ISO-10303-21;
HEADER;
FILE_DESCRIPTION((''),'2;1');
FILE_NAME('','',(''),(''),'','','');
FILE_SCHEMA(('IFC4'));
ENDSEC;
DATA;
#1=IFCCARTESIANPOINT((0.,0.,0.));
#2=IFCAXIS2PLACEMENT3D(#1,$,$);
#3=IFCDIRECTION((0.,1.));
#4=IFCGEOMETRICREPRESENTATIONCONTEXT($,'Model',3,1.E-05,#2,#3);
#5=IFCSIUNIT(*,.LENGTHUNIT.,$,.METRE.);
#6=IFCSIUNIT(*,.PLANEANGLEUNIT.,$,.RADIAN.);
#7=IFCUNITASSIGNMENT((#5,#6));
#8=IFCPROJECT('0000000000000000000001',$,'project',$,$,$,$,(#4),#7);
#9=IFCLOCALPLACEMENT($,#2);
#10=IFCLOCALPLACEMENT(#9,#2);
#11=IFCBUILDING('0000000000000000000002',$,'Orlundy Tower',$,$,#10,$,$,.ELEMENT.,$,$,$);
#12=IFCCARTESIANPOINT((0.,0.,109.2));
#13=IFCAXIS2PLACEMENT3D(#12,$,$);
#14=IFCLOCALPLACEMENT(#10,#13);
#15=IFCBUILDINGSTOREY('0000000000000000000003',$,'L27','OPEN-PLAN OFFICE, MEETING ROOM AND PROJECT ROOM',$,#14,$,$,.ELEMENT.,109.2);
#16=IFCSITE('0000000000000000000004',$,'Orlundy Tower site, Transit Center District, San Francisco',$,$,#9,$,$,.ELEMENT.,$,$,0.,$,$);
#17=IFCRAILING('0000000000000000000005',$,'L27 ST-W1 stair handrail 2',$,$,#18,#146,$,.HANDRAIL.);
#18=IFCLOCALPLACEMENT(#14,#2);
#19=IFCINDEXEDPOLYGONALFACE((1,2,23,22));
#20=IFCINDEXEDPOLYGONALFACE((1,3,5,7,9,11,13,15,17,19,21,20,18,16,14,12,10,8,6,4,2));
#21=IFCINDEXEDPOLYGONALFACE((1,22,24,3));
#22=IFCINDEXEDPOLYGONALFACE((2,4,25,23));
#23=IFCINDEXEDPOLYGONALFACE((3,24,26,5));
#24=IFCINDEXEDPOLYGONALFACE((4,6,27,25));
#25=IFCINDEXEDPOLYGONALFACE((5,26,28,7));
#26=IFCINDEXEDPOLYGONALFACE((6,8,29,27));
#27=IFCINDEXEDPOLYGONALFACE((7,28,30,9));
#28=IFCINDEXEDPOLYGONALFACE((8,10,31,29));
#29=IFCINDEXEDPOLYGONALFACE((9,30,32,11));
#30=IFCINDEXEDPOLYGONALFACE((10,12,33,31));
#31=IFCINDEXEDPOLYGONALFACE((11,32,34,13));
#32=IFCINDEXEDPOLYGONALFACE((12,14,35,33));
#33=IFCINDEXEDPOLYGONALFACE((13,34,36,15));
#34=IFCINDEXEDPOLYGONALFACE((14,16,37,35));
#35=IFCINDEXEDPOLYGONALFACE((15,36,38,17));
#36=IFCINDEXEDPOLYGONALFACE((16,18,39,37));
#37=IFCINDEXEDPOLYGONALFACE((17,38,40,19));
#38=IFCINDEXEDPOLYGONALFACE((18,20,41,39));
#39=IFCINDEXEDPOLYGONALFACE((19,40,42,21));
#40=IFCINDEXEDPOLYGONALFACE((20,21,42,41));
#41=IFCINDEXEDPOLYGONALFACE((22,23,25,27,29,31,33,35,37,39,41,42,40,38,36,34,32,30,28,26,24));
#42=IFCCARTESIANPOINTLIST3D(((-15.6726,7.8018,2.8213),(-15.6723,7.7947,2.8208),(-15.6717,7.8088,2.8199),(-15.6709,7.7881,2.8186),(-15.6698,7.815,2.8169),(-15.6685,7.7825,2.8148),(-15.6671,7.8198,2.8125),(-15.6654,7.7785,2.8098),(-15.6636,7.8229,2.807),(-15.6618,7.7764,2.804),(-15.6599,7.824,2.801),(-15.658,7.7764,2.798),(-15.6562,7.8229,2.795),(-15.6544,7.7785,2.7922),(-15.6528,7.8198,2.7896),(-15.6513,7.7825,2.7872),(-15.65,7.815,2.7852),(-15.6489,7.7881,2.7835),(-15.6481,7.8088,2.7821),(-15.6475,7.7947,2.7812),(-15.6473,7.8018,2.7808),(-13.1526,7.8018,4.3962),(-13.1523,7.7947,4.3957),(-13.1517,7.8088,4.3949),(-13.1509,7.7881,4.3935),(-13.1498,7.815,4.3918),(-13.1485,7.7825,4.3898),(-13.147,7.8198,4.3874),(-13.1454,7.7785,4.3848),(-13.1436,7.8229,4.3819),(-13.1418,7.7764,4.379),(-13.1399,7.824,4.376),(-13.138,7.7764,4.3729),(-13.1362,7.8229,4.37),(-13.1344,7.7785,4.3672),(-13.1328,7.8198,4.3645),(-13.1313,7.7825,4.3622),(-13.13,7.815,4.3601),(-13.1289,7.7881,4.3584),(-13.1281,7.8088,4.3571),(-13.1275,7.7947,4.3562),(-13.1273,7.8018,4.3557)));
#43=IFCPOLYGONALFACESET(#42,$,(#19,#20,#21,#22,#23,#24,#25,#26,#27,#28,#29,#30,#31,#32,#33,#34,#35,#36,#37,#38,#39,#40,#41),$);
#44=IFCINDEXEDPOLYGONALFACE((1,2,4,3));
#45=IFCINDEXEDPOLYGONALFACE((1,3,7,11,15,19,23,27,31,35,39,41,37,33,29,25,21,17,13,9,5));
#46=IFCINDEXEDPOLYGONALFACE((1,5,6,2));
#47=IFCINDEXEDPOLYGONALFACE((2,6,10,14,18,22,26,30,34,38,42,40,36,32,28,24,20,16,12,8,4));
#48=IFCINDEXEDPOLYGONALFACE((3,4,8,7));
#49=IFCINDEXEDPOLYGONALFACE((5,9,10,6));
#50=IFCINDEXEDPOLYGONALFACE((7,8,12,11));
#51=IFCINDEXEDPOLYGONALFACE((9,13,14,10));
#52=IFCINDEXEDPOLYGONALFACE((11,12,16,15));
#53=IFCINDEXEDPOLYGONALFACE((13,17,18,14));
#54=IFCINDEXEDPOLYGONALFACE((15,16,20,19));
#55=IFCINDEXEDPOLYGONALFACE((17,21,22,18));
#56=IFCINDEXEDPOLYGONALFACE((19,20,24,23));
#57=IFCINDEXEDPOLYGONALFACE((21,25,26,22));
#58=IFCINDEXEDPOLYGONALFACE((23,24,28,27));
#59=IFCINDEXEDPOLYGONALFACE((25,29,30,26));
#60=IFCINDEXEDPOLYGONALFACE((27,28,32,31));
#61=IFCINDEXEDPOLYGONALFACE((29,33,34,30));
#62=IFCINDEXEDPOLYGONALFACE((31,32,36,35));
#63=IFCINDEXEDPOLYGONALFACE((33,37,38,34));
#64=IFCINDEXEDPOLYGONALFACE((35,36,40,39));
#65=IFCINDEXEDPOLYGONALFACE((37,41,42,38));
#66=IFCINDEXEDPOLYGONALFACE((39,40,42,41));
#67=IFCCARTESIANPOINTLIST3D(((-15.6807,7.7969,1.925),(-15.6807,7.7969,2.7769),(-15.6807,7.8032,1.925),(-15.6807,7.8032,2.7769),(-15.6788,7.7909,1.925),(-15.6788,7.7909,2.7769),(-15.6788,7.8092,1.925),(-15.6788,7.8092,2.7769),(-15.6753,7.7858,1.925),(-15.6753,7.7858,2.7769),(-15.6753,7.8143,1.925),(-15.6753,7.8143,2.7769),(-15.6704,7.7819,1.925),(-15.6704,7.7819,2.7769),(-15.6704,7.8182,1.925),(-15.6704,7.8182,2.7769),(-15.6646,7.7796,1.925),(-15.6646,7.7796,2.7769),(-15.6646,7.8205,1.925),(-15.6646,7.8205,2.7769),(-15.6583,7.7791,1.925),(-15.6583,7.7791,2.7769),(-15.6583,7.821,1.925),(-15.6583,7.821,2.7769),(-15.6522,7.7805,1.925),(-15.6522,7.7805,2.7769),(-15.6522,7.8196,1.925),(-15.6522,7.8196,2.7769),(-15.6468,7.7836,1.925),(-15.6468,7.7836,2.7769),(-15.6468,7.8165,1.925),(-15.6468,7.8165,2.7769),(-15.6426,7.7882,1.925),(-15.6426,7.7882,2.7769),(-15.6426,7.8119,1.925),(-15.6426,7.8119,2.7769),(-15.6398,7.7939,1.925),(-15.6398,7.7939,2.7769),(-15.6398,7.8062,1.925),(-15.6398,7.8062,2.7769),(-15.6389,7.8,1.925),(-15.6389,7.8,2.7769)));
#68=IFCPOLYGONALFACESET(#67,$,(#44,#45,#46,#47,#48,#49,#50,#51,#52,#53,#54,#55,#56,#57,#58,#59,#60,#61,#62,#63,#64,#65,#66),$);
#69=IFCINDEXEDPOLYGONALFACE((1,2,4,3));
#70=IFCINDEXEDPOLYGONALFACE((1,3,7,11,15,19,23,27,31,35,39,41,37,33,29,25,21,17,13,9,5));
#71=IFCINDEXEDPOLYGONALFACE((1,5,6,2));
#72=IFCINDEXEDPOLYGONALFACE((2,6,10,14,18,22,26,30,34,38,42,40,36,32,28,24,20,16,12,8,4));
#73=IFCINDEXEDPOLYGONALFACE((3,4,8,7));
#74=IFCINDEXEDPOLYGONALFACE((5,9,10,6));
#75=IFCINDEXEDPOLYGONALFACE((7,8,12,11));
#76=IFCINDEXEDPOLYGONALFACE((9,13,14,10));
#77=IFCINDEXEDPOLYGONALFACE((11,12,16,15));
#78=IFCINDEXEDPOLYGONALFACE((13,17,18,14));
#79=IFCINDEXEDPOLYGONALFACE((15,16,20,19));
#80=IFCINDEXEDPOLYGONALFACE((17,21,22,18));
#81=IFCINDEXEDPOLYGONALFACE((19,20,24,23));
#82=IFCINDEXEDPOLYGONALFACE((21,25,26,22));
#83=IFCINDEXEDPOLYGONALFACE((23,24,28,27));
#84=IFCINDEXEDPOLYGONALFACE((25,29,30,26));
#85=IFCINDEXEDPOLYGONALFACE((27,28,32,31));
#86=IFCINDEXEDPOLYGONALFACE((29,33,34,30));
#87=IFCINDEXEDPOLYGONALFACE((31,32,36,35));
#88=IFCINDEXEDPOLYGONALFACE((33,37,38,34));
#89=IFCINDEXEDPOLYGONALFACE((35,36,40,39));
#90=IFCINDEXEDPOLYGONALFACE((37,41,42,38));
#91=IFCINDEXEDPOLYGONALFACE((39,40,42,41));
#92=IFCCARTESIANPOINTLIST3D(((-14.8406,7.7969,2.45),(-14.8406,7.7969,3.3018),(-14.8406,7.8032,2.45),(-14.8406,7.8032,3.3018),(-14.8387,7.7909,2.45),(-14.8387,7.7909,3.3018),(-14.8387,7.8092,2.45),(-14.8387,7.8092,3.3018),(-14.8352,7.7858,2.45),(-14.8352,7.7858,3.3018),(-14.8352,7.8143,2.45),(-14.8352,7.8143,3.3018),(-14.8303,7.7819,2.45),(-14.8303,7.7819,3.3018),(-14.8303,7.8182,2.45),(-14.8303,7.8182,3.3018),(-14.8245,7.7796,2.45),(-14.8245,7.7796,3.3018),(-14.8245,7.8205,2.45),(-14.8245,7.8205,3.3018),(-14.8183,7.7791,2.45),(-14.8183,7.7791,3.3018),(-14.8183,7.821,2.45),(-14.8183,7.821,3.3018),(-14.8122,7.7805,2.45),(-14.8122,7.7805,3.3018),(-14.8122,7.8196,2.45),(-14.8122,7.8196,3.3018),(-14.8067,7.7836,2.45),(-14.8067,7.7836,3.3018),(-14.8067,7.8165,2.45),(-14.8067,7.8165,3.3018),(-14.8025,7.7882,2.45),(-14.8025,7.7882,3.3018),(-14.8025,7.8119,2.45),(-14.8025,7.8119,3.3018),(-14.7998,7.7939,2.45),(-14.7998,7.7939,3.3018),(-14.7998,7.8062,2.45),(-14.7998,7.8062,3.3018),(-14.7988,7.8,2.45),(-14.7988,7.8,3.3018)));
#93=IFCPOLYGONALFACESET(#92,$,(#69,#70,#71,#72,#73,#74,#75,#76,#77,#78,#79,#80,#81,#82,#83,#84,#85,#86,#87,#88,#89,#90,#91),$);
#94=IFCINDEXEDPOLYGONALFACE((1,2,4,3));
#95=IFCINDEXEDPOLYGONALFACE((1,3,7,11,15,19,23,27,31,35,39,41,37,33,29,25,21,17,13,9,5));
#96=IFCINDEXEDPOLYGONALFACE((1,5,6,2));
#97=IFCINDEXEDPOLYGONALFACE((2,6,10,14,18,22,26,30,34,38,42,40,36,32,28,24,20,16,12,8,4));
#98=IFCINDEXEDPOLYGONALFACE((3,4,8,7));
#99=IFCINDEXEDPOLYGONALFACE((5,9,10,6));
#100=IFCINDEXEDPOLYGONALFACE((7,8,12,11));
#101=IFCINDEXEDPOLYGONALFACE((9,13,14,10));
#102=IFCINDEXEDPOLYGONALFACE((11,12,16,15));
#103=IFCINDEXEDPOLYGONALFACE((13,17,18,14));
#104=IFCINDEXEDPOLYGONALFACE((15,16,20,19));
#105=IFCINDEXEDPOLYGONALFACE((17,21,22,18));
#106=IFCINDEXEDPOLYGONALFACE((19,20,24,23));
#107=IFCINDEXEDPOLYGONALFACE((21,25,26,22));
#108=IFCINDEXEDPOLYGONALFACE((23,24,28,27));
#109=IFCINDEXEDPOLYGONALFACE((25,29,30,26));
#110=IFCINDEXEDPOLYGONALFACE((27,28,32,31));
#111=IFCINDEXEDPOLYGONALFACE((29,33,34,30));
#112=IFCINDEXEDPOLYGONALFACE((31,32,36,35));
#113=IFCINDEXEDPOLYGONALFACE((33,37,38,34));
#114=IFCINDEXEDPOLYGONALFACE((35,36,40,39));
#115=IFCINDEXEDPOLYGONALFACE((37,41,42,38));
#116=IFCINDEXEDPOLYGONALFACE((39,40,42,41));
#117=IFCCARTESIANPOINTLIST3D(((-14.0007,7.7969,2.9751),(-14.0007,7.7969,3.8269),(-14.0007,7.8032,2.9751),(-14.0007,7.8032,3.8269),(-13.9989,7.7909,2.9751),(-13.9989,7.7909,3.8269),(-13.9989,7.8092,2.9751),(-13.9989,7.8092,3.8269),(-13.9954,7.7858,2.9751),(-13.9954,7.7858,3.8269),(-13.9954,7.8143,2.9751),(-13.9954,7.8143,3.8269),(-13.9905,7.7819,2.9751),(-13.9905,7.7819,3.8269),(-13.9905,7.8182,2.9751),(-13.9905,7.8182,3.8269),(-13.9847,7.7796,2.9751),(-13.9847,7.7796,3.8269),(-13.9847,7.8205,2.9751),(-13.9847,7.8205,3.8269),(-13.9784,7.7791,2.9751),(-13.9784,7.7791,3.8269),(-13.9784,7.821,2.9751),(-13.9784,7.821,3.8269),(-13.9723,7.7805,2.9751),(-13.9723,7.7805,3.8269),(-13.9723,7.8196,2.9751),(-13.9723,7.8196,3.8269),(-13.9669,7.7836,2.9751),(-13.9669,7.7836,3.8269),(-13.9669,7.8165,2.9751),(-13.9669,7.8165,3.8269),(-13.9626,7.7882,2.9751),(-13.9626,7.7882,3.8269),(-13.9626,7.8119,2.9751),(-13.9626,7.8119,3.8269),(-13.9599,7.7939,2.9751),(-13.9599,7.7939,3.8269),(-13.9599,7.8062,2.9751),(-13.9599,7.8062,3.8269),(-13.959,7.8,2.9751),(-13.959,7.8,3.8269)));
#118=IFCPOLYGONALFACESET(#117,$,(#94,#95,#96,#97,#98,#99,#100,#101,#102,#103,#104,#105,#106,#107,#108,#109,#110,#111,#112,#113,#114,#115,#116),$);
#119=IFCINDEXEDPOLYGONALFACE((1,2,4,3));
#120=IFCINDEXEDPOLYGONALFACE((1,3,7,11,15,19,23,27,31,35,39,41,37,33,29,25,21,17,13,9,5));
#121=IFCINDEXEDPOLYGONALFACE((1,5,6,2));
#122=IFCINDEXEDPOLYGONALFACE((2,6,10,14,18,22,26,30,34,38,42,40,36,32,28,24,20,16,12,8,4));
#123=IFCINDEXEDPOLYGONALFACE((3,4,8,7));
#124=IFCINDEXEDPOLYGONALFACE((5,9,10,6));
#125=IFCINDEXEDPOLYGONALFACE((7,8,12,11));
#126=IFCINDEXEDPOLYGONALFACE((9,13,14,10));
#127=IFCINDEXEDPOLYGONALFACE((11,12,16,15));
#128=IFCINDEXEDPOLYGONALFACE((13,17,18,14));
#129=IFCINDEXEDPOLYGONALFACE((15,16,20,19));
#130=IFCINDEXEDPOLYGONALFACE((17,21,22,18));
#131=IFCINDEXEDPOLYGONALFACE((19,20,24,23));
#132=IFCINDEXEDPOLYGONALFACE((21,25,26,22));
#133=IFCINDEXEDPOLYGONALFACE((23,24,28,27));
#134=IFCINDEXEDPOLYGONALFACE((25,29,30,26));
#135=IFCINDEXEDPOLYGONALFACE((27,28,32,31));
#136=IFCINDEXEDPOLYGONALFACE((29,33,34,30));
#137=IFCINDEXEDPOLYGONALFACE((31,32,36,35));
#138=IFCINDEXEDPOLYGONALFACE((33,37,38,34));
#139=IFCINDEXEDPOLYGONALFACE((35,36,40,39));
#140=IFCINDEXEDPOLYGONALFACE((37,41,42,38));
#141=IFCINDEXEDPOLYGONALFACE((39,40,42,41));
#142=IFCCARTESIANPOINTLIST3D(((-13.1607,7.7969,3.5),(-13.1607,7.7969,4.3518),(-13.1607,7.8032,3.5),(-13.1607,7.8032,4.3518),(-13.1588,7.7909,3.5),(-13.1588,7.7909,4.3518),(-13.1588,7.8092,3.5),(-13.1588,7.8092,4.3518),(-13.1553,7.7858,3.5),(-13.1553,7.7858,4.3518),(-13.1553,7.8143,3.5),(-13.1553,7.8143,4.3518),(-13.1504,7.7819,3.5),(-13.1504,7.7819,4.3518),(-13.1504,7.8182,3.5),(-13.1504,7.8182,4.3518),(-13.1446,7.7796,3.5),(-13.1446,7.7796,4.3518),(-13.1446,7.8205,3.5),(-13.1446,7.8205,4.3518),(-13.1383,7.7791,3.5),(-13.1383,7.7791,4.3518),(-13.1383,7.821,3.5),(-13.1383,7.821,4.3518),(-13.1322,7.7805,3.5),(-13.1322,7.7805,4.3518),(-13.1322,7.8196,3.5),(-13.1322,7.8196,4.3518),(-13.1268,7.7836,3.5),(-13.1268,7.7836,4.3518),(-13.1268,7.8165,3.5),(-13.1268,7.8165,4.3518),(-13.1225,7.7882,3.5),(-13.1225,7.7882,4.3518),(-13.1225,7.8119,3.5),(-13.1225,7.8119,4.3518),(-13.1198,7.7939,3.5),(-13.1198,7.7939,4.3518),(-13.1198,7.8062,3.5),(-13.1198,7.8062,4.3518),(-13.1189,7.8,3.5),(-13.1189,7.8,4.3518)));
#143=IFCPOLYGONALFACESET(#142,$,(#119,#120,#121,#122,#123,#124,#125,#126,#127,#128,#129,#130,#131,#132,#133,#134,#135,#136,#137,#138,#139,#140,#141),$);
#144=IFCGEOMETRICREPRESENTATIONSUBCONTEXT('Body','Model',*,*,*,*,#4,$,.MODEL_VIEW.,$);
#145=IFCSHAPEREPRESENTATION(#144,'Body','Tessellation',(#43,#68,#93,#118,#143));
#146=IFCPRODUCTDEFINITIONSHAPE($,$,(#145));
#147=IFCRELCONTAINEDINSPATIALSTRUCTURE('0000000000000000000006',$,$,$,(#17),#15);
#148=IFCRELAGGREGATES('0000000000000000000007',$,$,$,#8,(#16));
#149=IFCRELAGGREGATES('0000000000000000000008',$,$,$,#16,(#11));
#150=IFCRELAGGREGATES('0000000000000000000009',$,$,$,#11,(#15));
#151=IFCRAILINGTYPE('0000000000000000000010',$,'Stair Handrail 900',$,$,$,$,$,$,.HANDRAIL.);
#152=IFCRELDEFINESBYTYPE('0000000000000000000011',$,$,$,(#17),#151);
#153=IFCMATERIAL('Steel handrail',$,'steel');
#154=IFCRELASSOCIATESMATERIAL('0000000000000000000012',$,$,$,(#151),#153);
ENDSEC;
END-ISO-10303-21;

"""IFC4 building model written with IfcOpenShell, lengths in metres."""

from ifc_helpers import new_model, si_unit, direction, frame, origin, origin_2d, place, context, subcontext, project, spatial, circle, extrude, material, type_object, element, save


model = new_model("IFC4")

# Units and contexts
model_context = context("Model", 3, precision=1e-05, world=origin(), true_north=direction((0.0, 1.0)))
body_context = subcontext(model_context, "Body", "Model", "MODEL_VIEW")
ifc_project = project(units=[si_unit("LENGTHUNIT", "METRE"), si_unit("PLANEANGLEUNIT", "RADIAN")], contexts=[model_context])

# Site, building, storey
site_placement = place(None, origin())
site = spatial("IfcSite", under=ifc_project, at=site_placement, Name="Orlundy Tower site, Transit Center District, San Francisco", CompositionType="ELEMENT", RefElevation=0.0)
building_placement = place(site_placement, origin())
building = spatial("IfcBuilding", under=site, at=building_placement, Name="Orlundy Tower", CompositionType="ELEMENT")
storey_placement = place(building_placement, frame((0.0, 0.0, 109.2)))
storey = spatial("IfcBuildingStorey", under=building, at=storey_placement, Name="L27", Description="OPEN-PLAN OFFICE, MEETING ROOM AND PROJECT ROOM", CompositionType="ELEMENT", Elevation=109.2)

# Railing
ifc_material_1 = material(Name="Steel handrail", Category="steel")
railing_type = type_object("IfcRailingType", Name="Stair Handrail 900", PredefinedType="HANDRAIL", material=ifc_material_1)
railing_placement = place(storey_placement, frame((-15.6599, 7.8, 1.925)))
element("IfcRailing", 1, at=railing_placement, inside=storey, type_object=railing_type, Name="L27 ST-W1 stair handrail 2", PredefinedType="HANDRAIL", context=body_context, shape_type="SweptSolid", body=[
    extrude(circle(Radius=0.0239, at=origin_2d()), frame((0.0, 0.0, 0.876), z_axis=(0.848008, 0.0, 0.529984), x_axis=(0.0, 1.0, 0.0)), (0.0, 0.0, 1.0), 2.9717),
    extrude(circle(Radius=0.021, at=origin_2d()), origin(), (0.0, 0.0, 1.0), 0.8518),
    extrude(circle(Radius=0.021, at=origin_2d()), frame((0.8401, 0.0, 0.5249)), (0.0, 0.0, 1.0), 0.8518),
    extrude(circle(Radius=0.021, at=origin_2d()), frame((1.6799, 0.0, 1.05)), (0.0, 0.0, 1.0), 0.8518),
    extrude(circle(Radius=0.021, at=origin_2d()), frame((2.52, 0.0, 1.575)), (0.0, 0.0, 1.0), 0.8518),
])

save(model, "model.ifc")
